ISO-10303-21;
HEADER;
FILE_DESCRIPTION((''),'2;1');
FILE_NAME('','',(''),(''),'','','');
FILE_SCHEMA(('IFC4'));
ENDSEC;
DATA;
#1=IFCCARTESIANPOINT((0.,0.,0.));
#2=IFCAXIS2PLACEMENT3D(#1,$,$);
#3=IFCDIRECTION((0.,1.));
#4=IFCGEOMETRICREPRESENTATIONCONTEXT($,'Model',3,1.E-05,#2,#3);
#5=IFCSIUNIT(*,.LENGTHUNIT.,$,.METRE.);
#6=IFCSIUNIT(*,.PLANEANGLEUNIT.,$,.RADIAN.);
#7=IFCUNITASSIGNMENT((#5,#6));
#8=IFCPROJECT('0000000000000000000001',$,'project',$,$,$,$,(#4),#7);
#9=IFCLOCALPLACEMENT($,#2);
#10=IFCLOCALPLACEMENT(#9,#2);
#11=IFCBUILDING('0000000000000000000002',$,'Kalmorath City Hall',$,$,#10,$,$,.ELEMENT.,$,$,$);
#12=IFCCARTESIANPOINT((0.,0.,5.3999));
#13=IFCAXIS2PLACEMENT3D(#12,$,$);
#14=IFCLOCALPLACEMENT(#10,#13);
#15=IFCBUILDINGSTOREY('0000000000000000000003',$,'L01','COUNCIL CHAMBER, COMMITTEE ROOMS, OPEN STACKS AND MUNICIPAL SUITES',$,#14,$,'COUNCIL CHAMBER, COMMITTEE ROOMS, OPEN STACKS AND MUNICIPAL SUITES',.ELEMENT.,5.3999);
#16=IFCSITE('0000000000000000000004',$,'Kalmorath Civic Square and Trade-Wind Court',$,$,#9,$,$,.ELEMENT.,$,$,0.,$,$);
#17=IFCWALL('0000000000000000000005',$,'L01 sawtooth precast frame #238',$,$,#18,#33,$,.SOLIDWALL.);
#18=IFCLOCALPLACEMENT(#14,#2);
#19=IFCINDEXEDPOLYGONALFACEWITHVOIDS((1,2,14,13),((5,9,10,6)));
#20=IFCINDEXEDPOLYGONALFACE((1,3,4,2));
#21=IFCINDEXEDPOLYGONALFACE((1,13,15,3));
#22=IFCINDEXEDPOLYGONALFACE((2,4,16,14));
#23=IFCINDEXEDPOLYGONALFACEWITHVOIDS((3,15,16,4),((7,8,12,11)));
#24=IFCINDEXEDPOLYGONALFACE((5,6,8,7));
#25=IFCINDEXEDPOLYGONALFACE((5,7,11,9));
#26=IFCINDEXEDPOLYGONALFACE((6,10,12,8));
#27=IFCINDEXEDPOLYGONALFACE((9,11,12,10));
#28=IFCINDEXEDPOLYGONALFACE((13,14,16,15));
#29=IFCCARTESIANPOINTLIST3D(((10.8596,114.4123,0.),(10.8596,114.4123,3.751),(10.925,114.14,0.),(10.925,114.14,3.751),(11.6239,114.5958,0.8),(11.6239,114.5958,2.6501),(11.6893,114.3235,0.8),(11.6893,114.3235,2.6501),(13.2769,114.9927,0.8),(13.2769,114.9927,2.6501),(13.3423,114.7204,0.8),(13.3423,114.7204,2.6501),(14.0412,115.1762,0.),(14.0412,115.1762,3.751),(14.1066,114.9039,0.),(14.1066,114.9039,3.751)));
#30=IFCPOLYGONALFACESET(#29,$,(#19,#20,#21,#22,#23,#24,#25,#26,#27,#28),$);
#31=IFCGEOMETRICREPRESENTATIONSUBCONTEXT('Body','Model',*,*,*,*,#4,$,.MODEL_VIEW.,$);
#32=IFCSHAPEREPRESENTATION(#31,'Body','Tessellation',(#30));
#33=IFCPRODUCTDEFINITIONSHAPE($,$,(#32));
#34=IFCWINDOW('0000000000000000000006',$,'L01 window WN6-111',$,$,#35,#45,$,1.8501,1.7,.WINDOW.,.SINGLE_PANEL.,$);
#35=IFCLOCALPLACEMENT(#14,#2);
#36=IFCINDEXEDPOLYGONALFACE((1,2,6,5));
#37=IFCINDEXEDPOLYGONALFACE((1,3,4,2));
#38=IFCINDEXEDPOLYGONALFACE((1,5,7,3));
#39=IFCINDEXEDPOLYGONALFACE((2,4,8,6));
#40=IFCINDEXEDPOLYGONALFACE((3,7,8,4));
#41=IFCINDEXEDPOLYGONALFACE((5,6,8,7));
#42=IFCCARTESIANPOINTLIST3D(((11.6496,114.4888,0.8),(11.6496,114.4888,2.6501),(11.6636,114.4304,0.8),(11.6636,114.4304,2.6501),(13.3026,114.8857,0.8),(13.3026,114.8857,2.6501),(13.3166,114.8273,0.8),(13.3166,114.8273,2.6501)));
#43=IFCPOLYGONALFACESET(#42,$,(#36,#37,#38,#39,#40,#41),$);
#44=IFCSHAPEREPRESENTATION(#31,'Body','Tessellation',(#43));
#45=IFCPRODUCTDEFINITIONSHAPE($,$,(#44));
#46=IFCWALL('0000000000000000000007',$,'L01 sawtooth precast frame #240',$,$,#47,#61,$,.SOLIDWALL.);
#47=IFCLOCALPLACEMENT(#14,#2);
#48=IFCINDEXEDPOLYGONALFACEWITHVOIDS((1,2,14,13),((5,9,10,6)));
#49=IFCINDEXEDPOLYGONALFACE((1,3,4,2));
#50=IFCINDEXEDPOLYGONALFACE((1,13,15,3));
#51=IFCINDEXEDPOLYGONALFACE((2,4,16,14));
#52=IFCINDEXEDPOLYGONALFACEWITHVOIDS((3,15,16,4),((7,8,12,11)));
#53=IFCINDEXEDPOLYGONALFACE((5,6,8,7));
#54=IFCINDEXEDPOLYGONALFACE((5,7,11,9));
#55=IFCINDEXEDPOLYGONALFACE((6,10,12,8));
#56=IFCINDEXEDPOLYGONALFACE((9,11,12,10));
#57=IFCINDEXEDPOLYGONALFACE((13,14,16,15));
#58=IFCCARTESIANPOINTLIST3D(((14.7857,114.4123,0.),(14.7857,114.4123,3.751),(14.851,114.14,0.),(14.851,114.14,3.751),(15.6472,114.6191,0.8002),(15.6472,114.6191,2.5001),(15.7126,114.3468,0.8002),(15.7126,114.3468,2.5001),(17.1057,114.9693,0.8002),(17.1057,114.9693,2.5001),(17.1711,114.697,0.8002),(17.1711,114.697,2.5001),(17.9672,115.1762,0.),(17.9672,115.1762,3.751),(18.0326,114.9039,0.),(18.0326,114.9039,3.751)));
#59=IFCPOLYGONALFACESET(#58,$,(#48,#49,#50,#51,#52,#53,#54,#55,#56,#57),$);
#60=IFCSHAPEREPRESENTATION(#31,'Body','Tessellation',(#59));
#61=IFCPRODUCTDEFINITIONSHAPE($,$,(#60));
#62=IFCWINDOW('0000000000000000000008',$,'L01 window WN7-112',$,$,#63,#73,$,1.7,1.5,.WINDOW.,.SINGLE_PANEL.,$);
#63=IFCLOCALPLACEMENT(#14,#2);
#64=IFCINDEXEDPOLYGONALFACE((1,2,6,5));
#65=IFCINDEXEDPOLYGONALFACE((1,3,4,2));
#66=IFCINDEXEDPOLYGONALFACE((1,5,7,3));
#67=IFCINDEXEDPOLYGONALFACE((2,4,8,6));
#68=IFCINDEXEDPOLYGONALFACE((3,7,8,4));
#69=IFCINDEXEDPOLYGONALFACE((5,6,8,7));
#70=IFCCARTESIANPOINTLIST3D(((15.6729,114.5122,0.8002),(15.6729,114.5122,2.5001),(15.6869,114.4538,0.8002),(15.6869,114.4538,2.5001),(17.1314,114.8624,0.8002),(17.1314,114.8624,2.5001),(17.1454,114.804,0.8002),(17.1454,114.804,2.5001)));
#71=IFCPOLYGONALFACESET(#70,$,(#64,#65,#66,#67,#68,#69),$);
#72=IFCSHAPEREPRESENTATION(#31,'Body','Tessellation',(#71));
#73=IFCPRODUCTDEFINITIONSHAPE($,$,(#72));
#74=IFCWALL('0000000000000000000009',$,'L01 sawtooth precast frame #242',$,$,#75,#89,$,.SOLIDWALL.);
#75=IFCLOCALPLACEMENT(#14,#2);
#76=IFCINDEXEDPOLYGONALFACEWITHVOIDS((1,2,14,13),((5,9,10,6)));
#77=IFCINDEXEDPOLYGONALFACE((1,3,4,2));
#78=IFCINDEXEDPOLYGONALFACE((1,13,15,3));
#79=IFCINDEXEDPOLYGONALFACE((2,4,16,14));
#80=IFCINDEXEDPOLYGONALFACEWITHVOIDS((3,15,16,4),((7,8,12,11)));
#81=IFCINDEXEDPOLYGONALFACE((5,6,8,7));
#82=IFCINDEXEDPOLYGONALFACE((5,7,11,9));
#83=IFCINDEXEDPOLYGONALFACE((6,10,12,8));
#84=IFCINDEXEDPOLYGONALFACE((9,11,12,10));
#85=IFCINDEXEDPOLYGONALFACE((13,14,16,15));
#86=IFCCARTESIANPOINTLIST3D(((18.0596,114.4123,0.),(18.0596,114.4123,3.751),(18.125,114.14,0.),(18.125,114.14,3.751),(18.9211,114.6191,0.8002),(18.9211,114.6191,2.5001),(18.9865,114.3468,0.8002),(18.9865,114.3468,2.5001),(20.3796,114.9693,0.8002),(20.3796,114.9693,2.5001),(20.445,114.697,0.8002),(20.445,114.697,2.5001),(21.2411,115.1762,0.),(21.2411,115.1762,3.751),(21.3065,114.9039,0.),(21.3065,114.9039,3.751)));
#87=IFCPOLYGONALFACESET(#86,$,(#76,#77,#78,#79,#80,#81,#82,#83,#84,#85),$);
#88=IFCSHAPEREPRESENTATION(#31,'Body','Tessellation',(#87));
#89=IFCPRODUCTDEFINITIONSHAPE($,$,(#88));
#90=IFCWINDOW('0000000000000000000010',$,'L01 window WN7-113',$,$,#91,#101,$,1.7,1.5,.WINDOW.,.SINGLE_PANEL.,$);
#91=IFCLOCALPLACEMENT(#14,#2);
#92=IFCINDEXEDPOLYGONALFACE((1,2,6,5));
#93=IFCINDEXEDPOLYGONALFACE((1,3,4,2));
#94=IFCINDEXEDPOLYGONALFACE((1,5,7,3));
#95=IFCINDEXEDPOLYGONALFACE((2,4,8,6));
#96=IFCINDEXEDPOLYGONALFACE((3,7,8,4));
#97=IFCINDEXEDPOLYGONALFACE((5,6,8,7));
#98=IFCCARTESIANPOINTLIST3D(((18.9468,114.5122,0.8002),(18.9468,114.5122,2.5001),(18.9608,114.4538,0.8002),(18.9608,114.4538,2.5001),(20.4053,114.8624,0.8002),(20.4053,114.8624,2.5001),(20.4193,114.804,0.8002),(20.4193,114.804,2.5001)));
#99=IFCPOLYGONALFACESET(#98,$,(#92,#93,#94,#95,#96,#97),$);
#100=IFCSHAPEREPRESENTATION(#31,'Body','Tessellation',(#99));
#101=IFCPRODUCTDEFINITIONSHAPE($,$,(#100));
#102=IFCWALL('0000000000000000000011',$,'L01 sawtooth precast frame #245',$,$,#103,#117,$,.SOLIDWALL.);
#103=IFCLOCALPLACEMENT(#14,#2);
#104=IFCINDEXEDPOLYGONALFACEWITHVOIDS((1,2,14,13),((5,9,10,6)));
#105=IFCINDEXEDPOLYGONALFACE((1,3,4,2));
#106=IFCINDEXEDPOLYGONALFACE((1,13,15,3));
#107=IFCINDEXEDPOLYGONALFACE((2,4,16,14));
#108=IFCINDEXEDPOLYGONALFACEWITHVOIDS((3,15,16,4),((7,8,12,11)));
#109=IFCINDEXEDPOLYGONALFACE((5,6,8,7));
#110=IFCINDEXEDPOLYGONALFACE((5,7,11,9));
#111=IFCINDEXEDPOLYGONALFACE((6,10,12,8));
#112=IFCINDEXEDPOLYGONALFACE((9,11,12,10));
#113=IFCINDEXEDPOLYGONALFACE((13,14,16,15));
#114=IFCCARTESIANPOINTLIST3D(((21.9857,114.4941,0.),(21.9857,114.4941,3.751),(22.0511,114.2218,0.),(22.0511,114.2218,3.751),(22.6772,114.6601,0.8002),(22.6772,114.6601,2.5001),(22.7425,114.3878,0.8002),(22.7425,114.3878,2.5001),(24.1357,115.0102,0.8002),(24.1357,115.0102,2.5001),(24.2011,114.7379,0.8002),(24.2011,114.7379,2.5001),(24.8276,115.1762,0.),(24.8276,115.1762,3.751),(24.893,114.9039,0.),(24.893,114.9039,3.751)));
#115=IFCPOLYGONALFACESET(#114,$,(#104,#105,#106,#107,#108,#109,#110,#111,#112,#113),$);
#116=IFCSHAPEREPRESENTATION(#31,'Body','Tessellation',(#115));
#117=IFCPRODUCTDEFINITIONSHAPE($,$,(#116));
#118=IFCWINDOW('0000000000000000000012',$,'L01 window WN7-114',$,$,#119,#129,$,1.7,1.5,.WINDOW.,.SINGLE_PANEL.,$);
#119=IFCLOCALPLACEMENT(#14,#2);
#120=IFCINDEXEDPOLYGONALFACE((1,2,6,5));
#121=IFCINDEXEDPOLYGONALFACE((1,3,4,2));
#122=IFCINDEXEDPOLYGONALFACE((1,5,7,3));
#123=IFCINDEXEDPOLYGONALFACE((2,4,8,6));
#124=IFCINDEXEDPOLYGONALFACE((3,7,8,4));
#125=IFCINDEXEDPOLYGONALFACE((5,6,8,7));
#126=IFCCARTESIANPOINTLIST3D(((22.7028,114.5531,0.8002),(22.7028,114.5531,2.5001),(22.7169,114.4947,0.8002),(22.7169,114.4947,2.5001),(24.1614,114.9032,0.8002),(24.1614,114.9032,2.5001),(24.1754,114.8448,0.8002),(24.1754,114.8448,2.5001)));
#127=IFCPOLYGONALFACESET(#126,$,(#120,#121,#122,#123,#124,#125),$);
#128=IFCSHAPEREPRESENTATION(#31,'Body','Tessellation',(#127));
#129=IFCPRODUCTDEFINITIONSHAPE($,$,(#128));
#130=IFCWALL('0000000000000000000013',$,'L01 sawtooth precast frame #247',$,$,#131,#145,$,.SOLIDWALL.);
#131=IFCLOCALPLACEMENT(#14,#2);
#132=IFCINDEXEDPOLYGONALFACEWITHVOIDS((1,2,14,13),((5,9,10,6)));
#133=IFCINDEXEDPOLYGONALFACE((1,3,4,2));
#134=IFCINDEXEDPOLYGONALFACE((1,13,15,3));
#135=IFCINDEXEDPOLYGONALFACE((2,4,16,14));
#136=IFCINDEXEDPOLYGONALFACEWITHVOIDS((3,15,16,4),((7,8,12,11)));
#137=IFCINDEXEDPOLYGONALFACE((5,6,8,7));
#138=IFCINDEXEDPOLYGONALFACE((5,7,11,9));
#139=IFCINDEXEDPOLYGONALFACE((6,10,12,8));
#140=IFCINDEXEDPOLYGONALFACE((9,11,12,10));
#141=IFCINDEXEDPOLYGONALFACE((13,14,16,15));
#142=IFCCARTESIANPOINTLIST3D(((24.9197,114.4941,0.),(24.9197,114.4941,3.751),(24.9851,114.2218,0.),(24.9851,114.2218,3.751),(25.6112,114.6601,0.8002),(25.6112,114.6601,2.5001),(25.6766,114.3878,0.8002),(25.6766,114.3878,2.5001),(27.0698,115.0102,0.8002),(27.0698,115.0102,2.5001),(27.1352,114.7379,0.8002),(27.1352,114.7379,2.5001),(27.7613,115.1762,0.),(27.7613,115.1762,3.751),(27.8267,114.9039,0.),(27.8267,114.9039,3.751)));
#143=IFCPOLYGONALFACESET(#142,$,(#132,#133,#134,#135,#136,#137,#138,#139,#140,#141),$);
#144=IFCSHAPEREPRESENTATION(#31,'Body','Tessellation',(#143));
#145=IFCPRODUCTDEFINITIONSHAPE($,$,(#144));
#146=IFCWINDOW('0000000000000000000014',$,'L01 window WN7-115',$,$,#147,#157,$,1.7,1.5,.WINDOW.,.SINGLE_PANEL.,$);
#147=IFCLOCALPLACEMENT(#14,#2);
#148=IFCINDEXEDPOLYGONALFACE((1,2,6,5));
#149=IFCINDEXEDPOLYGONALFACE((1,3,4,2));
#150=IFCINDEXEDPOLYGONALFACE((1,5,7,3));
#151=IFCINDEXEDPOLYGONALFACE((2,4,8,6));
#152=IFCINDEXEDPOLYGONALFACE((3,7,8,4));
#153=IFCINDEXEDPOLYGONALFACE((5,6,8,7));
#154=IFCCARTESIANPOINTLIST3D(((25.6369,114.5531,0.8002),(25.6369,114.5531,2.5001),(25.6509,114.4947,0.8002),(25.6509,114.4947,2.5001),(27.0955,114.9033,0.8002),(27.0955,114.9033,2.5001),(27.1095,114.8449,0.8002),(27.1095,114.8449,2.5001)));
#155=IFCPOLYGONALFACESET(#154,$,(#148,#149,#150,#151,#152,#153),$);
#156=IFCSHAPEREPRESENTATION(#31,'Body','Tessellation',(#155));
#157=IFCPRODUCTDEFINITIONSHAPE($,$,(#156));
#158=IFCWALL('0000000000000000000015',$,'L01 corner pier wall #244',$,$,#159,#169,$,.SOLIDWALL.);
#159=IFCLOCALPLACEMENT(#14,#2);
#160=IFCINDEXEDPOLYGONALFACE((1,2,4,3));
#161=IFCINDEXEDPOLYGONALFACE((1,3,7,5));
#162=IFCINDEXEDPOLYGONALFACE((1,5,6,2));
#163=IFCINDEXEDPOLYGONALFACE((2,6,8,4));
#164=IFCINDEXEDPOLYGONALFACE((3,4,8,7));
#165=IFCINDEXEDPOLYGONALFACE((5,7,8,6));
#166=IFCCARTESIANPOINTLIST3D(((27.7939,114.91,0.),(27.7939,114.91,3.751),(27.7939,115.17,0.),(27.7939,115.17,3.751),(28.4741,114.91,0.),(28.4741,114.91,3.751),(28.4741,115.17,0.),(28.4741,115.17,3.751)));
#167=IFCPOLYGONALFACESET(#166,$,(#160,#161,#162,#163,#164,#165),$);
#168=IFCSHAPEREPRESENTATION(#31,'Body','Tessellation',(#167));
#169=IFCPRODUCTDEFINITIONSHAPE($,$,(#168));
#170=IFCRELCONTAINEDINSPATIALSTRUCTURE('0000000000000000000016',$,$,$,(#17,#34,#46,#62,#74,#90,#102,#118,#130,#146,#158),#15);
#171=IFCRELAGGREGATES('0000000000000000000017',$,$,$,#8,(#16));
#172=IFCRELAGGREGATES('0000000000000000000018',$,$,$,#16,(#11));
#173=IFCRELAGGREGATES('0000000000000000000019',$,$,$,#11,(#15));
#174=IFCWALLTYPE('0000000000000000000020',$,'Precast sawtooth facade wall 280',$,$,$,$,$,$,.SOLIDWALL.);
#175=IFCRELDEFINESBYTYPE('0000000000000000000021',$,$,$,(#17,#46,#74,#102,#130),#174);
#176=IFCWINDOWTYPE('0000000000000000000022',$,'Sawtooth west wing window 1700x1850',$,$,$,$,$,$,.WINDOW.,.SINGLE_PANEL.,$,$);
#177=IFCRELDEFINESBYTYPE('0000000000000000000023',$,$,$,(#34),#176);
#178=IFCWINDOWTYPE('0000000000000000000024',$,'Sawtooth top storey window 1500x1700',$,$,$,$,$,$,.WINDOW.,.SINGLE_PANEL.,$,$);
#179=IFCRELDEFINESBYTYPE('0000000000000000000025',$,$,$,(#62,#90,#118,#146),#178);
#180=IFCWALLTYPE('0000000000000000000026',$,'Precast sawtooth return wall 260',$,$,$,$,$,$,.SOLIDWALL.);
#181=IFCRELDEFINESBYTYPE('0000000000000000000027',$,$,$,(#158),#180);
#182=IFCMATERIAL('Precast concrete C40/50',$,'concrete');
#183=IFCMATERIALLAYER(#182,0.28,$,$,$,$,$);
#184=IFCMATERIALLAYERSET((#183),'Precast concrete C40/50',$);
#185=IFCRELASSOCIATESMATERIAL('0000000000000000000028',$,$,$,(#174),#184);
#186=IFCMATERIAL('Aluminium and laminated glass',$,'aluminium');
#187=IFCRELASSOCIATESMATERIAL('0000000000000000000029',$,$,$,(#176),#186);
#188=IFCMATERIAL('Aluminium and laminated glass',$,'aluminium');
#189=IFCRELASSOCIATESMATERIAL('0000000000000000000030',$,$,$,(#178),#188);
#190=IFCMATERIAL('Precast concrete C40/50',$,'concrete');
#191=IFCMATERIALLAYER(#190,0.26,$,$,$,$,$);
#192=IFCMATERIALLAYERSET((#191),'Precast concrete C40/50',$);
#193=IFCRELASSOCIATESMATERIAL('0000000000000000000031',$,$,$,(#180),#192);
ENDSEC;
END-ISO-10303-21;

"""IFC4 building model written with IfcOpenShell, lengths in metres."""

from ifc_helpers import new_model, si_unit, direction, frame, frame_2d, origin, place, context, subcontext, project, spatial, rectangle, extrude, material, layer, layer_set, type_object, element, fill, save


model = new_model("IFC4")

# Units and contexts
model_context = context("Model", 3, precision=1e-05, world=origin(), true_north=direction((0.0, 1.0)))
body_context = subcontext(model_context, "Body", "Model", "MODEL_VIEW")
ifc_project = project(units=[si_unit("LENGTHUNIT", "METRE"), si_unit("PLANEANGLEUNIT", "RADIAN")], contexts=[model_context])

# Site, building, storey
site_placement = place(None, origin())
site = spatial("IfcSite", under=ifc_project, at=site_placement, Name="Kalmorath Civic Square and Trade-Wind Court", CompositionType="ELEMENT", RefElevation=0.0)
building_placement = place(site_placement, origin())
building = spatial("IfcBuilding", under=site, at=building_placement, Name="Kalmorath City Hall", CompositionType="ELEMENT")
storey_placement = place(building_placement, frame((0.0, 0.0, 5.3999)))
storey = spatial("IfcBuildingStorey", under=building, at=storey_placement, Name="L01", Description="COUNCIL CHAMBER, COMMITTEE ROOMS, OPEN STACKS AND MUNICIPAL SUITES", LongName="COUNCIL CHAMBER, COMMITTEE ROOMS, OPEN STACKS AND MUNICIPAL SUITES", CompositionType="ELEMENT", Elevation=5.3999)

# Walls, openings, windows
ifc_material_1 = material(Name="Precast concrete C40/50", Category="concrete")
ifc_layer_1 = layer(ifc_material_1, 0.28)
ifc_layer_set_1 = layer_set([ifc_layer_1], Name="Precast concrete C40/50")
wall_type_1 = type_object("IfcWallType", Name="Precast sawtooth facade wall 280", PredefinedType="SOLIDWALL", material=ifc_layer_set_1)
ifc_material_2 = material(Name="Aluminium and laminated glass", Category="aluminium")
window_type_1 = type_object("IfcWindowType", Name="Sawtooth west wing window 1700x1850", PartitioningType="SINGLE_PANEL", PredefinedType="WINDOW", material=ifc_material_2)
wall_1_placement = place(storey_placement, frame((10.8923, 114.2761, 0.0), z_axis=(0.0, 0.0, 1.0), x_axis=(0.972365, 0.233466, 0.0)))
wall_1 = element("IfcWall", 1, at=wall_1_placement, inside=storey, type_object=wall_type_1, Name="L01 sawtooth precast frame #238", PredefinedType="SOLIDWALL", context=body_context, shape_type="SweptSolid", body=[
    extrude(rectangle(XDim=3.272, YDim=0.28, at=frame_2d((1.636, 0.0))), origin(), (0.0, 0.0, 1.0), 3.751),
])
opening_1_placement = place(wall_1_placement, frame((0.7859, 0.0, 0.8)))
opening_1 = element("IfcOpeningElement", 2, at=opening_1_placement, cuts=wall_1, PredefinedType="OPENING", context=body_context, shape_type="SweptSolid", body=[
    extrude(rectangle(XDim=1.7, YDim=1.8501, at=frame_2d((0.8501, 0.925))), frame((0.0, 0.1499, 0.0), z_axis=(0.0, -1.0, 0.0), x_axis=(1.0, 0.0, 0.0)), (0.0, 0.0, 1.0), 0.3),
])
window_1_placement = place(opening_1_placement, origin())
window_1 = element("IfcWindow", 3, at=window_1_placement, inside=storey, type_object=window_type_1, Name="L01 window WN6-111", OverallHeight=1.8501, OverallWidth=1.7, PartitioningType="SINGLE_PANEL", PredefinedType="WINDOW", context=body_context, shape_type="SweptSolid", body=[
    extrude(rectangle(XDim=1.7, YDim=1.8501, at=frame_2d((0.8501, 0.925))), frame((0.0, 0.03, 0.0), z_axis=(0.0, -1.0, 0.0), x_axis=(1.0, 0.0, 0.0)), (0.0, 0.0, 1.0), 0.0601),
])
fill(opening_1, window_1)
wall_2_placement = place(storey_placement, frame((14.8184, 114.2761, 0.0), z_axis=(0.0, 0.0, 1.0), x_axis=(0.972365, 0.233466, 0.0)))
wall_2 = element("IfcWall", 4, at=wall_2_placement, inside=storey, type_object=wall_type_1, Name="L01 sawtooth precast frame #240", PredefinedType="SOLIDWALL", context=body_context, shape_type="SweptSolid", body=[
    extrude(rectangle(XDim=3.272, YDim=0.28, at=frame_2d((1.636, 0.0))), origin(), (0.0, 0.0, 1.0), 3.751),
])
opening_2_placement = place(wall_2_placement, frame((0.886, 0.0, 0.8)))
opening_2 = element("IfcOpeningElement", 5, at=opening_2_placement, cuts=wall_2, PredefinedType="OPENING", context=body_context, shape_type="SweptSolid", body=[
    extrude(rectangle(XDim=1.5, YDim=1.7, at=frame_2d((0.75, 0.8501))), frame((0.0, 0.1499, 0.0), z_axis=(0.0, -1.0, 0.0), x_axis=(1.0, 0.0, 0.0)), (0.0, 0.0, 1.0), 0.3),
])
ifc_material_3 = material(Name="Aluminium and laminated glass", Category="aluminium")
window_type_2 = type_object("IfcWindowType", Name="Sawtooth top storey window 1500x1700", PartitioningType="SINGLE_PANEL", PredefinedType="WINDOW", material=ifc_material_3)
window_2_placement = place(opening_2_placement, origin())
window_2 = element("IfcWindow", 6, at=window_2_placement, inside=storey, type_object=window_type_2, Name="L01 window WN7-112", OverallHeight=1.7, OverallWidth=1.5, PartitioningType="SINGLE_PANEL", PredefinedType="WINDOW", context=body_context, shape_type="SweptSolid", body=[
    extrude(rectangle(XDim=1.5, YDim=1.7, at=frame_2d((0.75, 0.8501))), frame((0.0, 0.03, 0.0), z_axis=(0.0, -1.0, 0.0), x_axis=(1.0, 0.0, 0.0)), (0.0, 0.0, 1.0), 0.0601),
])
fill(opening_2, window_2)
wall_3_placement = place(storey_placement, frame((18.0923, 114.2761, 0.0), z_axis=(0.0, 0.0, 1.0), x_axis=(0.972365, 0.233466, 0.0)))
wall_3 = element("IfcWall", 7, at=wall_3_placement, inside=storey, type_object=wall_type_1, Name="L01 sawtooth precast frame #242", PredefinedType="SOLIDWALL", context=body_context, shape_type="SweptSolid", body=[
    extrude(rectangle(XDim=3.272, YDim=0.28, at=frame_2d((1.636, 0.0))), origin(), (0.0, 0.0, 1.0), 3.751),
])
opening_3_placement = place(wall_3_placement, frame((0.886, 0.0, 0.8)))
opening_3 = element("IfcOpeningElement", 8, at=opening_3_placement, cuts=wall_3, PredefinedType="OPENING", context=body_context, shape_type="SweptSolid", body=[
    extrude(rectangle(XDim=1.5, YDim=1.7, at=frame_2d((0.75, 0.8501))), frame((0.0, 0.1499, 0.0), z_axis=(0.0, -1.0, 0.0), x_axis=(1.0, 0.0, 0.0)), (0.0, 0.0, 1.0), 0.3),
])
window_3_placement = place(opening_3_placement, origin())
window_3 = element("IfcWindow", 9, at=window_3_placement, inside=storey, type_object=window_type_2, Name="L01 window WN7-113", OverallHeight=1.7, OverallWidth=1.5, PartitioningType="SINGLE_PANEL", PredefinedType="WINDOW", context=body_context, shape_type="SweptSolid", body=[
    extrude(rectangle(XDim=1.5, YDim=1.7, at=frame_2d((0.75, 0.8501))), frame((0.0, 0.03, 0.0), z_axis=(0.0, -1.0, 0.0), x_axis=(1.0, 0.0, 0.0)), (0.0, 0.0, 1.0), 0.0601),
])
fill(opening_3, window_3)
wall_4_placement = place(storey_placement, frame((22.0183, 114.3579, 0.0), z_axis=(0.0, 0.0, 1.0), x_axis=(0.97238, 0.233405, 0.0)))
wall_4 = element("IfcWall", 10, at=wall_4_placement, inside=storey, type_object=wall_type_1, Name="L01 sawtooth precast frame #245", PredefinedType="SOLIDWALL", context=body_context, shape_type="SweptSolid", body=[
    extrude(rectangle(XDim=2.9226, YDim=0.28, at=frame_2d((1.4614, 0.0))), origin(), (0.0, 0.0, 1.0), 3.751),
])
opening_4_placement = place(wall_4_placement, frame((0.7112, 0.0, 0.8)))
opening_4 = element("IfcOpeningElement", 11, at=opening_4_placement, cuts=wall_4, PredefinedType="OPENING", context=body_context, shape_type="SweptSolid", body=[
    extrude(rectangle(XDim=1.5, YDim=1.7, at=frame_2d((0.75, 0.8501))), frame((0.0, 0.1499, 0.0), z_axis=(0.0, -1.0, 0.0), x_axis=(1.0, 0.0, 0.0)), (0.0, 0.0, 1.0), 0.3),
])
window_4_placement = place(opening_4_placement, origin())
window_4 = element("IfcWindow", 12, at=window_4_placement, inside=storey, type_object=window_type_2, Name="L01 window WN7-114", OverallHeight=1.7, OverallWidth=1.5, PartitioningType="SINGLE_PANEL", PredefinedType="WINDOW", context=body_context, shape_type="SweptSolid", body=[
    extrude(rectangle(XDim=1.5, YDim=1.7, at=frame_2d((0.75, 0.8501))), frame((0.0, 0.03, 0.0), z_axis=(0.0, -1.0, 0.0), x_axis=(1.0, 0.0, 0.0)), (0.0, 0.0, 1.0), 0.0601),
])
fill(opening_4, window_4)
wall_5_placement = place(storey_placement, frame((24.9524, 114.3579, 0.0), z_axis=(0.0, 0.0, 1.0), x_axis=(0.972375, 0.233424, 0.0)))
wall_5 = element("IfcWall", 13, at=wall_5_placement, inside=storey, type_object=wall_type_1, Name="L01 sawtooth precast frame #247", PredefinedType="SOLIDWALL", context=body_context, shape_type="SweptSolid", body=[
    extrude(rectangle(XDim=2.9224, YDim=0.28, at=frame_2d((1.4612, 0.0))), origin(), (0.0, 0.0, 1.0), 3.751),
])
opening_5_placement = place(wall_5_placement, frame((0.7112, 0.0, 0.8)))
opening_5 = element("IfcOpeningElement", 14, at=opening_5_placement, cuts=wall_5, PredefinedType="OPENING", context=body_context, shape_type="SweptSolid", body=[
    extrude(rectangle(XDim=1.5, YDim=1.7, at=frame_2d((0.75, 0.8501))), frame((0.0, 0.1499, 0.0), z_axis=(0.0, -1.0, 0.0), x_axis=(1.0, 0.0, 0.0)), (0.0, 0.0, 1.0), 0.3),
])
window_5_placement = place(opening_5_placement, origin())
window_5 = element("IfcWindow", 15, at=window_5_placement, inside=storey, type_object=window_type_2, Name="L01 window WN7-115", OverallHeight=1.7, OverallWidth=1.5, PartitioningType="SINGLE_PANEL", PredefinedType="WINDOW", context=body_context, shape_type="SweptSolid", body=[
    extrude(rectangle(XDim=1.5, YDim=1.7, at=frame_2d((0.75, 0.8501))), frame((0.0, 0.03, 0.0), z_axis=(0.0, -1.0, 0.0), x_axis=(1.0, 0.0, 0.0)), (0.0, 0.0, 1.0), 0.0601),
])
fill(opening_5, window_5)

# Wall
ifc_material_4 = material(Name="Precast concrete C40/50", Category="concrete")
ifc_layer_2 = layer(ifc_material_4, 0.26)
ifc_layer_set_2 = layer_set([ifc_layer_2], Name="Precast concrete C40/50")
wall_type_2 = type_object("IfcWallType", Name="Precast sawtooth return wall 260", PredefinedType="SOLIDWALL", material=ifc_layer_set_2)
wall_6_placement = place(storey_placement, frame((27.7939, 115.04, 0.0), z_axis=(0.0, 0.0, 1.0), x_axis=(1.0, 0.0, 0.0)))
element("IfcWall", 16, at=wall_6_placement, inside=storey, type_object=wall_type_2, Name="L01 corner pier wall #244", PredefinedType="SOLIDWALL", context=body_context, shape_type="SweptSolid", body=[
    extrude(rectangle(XDim=0.6802, YDim=0.26, at=frame_2d((0.3401, 0.0))), origin(), (0.0, 0.0, 1.0), 3.751),
])

save(model, "model.ifc")
